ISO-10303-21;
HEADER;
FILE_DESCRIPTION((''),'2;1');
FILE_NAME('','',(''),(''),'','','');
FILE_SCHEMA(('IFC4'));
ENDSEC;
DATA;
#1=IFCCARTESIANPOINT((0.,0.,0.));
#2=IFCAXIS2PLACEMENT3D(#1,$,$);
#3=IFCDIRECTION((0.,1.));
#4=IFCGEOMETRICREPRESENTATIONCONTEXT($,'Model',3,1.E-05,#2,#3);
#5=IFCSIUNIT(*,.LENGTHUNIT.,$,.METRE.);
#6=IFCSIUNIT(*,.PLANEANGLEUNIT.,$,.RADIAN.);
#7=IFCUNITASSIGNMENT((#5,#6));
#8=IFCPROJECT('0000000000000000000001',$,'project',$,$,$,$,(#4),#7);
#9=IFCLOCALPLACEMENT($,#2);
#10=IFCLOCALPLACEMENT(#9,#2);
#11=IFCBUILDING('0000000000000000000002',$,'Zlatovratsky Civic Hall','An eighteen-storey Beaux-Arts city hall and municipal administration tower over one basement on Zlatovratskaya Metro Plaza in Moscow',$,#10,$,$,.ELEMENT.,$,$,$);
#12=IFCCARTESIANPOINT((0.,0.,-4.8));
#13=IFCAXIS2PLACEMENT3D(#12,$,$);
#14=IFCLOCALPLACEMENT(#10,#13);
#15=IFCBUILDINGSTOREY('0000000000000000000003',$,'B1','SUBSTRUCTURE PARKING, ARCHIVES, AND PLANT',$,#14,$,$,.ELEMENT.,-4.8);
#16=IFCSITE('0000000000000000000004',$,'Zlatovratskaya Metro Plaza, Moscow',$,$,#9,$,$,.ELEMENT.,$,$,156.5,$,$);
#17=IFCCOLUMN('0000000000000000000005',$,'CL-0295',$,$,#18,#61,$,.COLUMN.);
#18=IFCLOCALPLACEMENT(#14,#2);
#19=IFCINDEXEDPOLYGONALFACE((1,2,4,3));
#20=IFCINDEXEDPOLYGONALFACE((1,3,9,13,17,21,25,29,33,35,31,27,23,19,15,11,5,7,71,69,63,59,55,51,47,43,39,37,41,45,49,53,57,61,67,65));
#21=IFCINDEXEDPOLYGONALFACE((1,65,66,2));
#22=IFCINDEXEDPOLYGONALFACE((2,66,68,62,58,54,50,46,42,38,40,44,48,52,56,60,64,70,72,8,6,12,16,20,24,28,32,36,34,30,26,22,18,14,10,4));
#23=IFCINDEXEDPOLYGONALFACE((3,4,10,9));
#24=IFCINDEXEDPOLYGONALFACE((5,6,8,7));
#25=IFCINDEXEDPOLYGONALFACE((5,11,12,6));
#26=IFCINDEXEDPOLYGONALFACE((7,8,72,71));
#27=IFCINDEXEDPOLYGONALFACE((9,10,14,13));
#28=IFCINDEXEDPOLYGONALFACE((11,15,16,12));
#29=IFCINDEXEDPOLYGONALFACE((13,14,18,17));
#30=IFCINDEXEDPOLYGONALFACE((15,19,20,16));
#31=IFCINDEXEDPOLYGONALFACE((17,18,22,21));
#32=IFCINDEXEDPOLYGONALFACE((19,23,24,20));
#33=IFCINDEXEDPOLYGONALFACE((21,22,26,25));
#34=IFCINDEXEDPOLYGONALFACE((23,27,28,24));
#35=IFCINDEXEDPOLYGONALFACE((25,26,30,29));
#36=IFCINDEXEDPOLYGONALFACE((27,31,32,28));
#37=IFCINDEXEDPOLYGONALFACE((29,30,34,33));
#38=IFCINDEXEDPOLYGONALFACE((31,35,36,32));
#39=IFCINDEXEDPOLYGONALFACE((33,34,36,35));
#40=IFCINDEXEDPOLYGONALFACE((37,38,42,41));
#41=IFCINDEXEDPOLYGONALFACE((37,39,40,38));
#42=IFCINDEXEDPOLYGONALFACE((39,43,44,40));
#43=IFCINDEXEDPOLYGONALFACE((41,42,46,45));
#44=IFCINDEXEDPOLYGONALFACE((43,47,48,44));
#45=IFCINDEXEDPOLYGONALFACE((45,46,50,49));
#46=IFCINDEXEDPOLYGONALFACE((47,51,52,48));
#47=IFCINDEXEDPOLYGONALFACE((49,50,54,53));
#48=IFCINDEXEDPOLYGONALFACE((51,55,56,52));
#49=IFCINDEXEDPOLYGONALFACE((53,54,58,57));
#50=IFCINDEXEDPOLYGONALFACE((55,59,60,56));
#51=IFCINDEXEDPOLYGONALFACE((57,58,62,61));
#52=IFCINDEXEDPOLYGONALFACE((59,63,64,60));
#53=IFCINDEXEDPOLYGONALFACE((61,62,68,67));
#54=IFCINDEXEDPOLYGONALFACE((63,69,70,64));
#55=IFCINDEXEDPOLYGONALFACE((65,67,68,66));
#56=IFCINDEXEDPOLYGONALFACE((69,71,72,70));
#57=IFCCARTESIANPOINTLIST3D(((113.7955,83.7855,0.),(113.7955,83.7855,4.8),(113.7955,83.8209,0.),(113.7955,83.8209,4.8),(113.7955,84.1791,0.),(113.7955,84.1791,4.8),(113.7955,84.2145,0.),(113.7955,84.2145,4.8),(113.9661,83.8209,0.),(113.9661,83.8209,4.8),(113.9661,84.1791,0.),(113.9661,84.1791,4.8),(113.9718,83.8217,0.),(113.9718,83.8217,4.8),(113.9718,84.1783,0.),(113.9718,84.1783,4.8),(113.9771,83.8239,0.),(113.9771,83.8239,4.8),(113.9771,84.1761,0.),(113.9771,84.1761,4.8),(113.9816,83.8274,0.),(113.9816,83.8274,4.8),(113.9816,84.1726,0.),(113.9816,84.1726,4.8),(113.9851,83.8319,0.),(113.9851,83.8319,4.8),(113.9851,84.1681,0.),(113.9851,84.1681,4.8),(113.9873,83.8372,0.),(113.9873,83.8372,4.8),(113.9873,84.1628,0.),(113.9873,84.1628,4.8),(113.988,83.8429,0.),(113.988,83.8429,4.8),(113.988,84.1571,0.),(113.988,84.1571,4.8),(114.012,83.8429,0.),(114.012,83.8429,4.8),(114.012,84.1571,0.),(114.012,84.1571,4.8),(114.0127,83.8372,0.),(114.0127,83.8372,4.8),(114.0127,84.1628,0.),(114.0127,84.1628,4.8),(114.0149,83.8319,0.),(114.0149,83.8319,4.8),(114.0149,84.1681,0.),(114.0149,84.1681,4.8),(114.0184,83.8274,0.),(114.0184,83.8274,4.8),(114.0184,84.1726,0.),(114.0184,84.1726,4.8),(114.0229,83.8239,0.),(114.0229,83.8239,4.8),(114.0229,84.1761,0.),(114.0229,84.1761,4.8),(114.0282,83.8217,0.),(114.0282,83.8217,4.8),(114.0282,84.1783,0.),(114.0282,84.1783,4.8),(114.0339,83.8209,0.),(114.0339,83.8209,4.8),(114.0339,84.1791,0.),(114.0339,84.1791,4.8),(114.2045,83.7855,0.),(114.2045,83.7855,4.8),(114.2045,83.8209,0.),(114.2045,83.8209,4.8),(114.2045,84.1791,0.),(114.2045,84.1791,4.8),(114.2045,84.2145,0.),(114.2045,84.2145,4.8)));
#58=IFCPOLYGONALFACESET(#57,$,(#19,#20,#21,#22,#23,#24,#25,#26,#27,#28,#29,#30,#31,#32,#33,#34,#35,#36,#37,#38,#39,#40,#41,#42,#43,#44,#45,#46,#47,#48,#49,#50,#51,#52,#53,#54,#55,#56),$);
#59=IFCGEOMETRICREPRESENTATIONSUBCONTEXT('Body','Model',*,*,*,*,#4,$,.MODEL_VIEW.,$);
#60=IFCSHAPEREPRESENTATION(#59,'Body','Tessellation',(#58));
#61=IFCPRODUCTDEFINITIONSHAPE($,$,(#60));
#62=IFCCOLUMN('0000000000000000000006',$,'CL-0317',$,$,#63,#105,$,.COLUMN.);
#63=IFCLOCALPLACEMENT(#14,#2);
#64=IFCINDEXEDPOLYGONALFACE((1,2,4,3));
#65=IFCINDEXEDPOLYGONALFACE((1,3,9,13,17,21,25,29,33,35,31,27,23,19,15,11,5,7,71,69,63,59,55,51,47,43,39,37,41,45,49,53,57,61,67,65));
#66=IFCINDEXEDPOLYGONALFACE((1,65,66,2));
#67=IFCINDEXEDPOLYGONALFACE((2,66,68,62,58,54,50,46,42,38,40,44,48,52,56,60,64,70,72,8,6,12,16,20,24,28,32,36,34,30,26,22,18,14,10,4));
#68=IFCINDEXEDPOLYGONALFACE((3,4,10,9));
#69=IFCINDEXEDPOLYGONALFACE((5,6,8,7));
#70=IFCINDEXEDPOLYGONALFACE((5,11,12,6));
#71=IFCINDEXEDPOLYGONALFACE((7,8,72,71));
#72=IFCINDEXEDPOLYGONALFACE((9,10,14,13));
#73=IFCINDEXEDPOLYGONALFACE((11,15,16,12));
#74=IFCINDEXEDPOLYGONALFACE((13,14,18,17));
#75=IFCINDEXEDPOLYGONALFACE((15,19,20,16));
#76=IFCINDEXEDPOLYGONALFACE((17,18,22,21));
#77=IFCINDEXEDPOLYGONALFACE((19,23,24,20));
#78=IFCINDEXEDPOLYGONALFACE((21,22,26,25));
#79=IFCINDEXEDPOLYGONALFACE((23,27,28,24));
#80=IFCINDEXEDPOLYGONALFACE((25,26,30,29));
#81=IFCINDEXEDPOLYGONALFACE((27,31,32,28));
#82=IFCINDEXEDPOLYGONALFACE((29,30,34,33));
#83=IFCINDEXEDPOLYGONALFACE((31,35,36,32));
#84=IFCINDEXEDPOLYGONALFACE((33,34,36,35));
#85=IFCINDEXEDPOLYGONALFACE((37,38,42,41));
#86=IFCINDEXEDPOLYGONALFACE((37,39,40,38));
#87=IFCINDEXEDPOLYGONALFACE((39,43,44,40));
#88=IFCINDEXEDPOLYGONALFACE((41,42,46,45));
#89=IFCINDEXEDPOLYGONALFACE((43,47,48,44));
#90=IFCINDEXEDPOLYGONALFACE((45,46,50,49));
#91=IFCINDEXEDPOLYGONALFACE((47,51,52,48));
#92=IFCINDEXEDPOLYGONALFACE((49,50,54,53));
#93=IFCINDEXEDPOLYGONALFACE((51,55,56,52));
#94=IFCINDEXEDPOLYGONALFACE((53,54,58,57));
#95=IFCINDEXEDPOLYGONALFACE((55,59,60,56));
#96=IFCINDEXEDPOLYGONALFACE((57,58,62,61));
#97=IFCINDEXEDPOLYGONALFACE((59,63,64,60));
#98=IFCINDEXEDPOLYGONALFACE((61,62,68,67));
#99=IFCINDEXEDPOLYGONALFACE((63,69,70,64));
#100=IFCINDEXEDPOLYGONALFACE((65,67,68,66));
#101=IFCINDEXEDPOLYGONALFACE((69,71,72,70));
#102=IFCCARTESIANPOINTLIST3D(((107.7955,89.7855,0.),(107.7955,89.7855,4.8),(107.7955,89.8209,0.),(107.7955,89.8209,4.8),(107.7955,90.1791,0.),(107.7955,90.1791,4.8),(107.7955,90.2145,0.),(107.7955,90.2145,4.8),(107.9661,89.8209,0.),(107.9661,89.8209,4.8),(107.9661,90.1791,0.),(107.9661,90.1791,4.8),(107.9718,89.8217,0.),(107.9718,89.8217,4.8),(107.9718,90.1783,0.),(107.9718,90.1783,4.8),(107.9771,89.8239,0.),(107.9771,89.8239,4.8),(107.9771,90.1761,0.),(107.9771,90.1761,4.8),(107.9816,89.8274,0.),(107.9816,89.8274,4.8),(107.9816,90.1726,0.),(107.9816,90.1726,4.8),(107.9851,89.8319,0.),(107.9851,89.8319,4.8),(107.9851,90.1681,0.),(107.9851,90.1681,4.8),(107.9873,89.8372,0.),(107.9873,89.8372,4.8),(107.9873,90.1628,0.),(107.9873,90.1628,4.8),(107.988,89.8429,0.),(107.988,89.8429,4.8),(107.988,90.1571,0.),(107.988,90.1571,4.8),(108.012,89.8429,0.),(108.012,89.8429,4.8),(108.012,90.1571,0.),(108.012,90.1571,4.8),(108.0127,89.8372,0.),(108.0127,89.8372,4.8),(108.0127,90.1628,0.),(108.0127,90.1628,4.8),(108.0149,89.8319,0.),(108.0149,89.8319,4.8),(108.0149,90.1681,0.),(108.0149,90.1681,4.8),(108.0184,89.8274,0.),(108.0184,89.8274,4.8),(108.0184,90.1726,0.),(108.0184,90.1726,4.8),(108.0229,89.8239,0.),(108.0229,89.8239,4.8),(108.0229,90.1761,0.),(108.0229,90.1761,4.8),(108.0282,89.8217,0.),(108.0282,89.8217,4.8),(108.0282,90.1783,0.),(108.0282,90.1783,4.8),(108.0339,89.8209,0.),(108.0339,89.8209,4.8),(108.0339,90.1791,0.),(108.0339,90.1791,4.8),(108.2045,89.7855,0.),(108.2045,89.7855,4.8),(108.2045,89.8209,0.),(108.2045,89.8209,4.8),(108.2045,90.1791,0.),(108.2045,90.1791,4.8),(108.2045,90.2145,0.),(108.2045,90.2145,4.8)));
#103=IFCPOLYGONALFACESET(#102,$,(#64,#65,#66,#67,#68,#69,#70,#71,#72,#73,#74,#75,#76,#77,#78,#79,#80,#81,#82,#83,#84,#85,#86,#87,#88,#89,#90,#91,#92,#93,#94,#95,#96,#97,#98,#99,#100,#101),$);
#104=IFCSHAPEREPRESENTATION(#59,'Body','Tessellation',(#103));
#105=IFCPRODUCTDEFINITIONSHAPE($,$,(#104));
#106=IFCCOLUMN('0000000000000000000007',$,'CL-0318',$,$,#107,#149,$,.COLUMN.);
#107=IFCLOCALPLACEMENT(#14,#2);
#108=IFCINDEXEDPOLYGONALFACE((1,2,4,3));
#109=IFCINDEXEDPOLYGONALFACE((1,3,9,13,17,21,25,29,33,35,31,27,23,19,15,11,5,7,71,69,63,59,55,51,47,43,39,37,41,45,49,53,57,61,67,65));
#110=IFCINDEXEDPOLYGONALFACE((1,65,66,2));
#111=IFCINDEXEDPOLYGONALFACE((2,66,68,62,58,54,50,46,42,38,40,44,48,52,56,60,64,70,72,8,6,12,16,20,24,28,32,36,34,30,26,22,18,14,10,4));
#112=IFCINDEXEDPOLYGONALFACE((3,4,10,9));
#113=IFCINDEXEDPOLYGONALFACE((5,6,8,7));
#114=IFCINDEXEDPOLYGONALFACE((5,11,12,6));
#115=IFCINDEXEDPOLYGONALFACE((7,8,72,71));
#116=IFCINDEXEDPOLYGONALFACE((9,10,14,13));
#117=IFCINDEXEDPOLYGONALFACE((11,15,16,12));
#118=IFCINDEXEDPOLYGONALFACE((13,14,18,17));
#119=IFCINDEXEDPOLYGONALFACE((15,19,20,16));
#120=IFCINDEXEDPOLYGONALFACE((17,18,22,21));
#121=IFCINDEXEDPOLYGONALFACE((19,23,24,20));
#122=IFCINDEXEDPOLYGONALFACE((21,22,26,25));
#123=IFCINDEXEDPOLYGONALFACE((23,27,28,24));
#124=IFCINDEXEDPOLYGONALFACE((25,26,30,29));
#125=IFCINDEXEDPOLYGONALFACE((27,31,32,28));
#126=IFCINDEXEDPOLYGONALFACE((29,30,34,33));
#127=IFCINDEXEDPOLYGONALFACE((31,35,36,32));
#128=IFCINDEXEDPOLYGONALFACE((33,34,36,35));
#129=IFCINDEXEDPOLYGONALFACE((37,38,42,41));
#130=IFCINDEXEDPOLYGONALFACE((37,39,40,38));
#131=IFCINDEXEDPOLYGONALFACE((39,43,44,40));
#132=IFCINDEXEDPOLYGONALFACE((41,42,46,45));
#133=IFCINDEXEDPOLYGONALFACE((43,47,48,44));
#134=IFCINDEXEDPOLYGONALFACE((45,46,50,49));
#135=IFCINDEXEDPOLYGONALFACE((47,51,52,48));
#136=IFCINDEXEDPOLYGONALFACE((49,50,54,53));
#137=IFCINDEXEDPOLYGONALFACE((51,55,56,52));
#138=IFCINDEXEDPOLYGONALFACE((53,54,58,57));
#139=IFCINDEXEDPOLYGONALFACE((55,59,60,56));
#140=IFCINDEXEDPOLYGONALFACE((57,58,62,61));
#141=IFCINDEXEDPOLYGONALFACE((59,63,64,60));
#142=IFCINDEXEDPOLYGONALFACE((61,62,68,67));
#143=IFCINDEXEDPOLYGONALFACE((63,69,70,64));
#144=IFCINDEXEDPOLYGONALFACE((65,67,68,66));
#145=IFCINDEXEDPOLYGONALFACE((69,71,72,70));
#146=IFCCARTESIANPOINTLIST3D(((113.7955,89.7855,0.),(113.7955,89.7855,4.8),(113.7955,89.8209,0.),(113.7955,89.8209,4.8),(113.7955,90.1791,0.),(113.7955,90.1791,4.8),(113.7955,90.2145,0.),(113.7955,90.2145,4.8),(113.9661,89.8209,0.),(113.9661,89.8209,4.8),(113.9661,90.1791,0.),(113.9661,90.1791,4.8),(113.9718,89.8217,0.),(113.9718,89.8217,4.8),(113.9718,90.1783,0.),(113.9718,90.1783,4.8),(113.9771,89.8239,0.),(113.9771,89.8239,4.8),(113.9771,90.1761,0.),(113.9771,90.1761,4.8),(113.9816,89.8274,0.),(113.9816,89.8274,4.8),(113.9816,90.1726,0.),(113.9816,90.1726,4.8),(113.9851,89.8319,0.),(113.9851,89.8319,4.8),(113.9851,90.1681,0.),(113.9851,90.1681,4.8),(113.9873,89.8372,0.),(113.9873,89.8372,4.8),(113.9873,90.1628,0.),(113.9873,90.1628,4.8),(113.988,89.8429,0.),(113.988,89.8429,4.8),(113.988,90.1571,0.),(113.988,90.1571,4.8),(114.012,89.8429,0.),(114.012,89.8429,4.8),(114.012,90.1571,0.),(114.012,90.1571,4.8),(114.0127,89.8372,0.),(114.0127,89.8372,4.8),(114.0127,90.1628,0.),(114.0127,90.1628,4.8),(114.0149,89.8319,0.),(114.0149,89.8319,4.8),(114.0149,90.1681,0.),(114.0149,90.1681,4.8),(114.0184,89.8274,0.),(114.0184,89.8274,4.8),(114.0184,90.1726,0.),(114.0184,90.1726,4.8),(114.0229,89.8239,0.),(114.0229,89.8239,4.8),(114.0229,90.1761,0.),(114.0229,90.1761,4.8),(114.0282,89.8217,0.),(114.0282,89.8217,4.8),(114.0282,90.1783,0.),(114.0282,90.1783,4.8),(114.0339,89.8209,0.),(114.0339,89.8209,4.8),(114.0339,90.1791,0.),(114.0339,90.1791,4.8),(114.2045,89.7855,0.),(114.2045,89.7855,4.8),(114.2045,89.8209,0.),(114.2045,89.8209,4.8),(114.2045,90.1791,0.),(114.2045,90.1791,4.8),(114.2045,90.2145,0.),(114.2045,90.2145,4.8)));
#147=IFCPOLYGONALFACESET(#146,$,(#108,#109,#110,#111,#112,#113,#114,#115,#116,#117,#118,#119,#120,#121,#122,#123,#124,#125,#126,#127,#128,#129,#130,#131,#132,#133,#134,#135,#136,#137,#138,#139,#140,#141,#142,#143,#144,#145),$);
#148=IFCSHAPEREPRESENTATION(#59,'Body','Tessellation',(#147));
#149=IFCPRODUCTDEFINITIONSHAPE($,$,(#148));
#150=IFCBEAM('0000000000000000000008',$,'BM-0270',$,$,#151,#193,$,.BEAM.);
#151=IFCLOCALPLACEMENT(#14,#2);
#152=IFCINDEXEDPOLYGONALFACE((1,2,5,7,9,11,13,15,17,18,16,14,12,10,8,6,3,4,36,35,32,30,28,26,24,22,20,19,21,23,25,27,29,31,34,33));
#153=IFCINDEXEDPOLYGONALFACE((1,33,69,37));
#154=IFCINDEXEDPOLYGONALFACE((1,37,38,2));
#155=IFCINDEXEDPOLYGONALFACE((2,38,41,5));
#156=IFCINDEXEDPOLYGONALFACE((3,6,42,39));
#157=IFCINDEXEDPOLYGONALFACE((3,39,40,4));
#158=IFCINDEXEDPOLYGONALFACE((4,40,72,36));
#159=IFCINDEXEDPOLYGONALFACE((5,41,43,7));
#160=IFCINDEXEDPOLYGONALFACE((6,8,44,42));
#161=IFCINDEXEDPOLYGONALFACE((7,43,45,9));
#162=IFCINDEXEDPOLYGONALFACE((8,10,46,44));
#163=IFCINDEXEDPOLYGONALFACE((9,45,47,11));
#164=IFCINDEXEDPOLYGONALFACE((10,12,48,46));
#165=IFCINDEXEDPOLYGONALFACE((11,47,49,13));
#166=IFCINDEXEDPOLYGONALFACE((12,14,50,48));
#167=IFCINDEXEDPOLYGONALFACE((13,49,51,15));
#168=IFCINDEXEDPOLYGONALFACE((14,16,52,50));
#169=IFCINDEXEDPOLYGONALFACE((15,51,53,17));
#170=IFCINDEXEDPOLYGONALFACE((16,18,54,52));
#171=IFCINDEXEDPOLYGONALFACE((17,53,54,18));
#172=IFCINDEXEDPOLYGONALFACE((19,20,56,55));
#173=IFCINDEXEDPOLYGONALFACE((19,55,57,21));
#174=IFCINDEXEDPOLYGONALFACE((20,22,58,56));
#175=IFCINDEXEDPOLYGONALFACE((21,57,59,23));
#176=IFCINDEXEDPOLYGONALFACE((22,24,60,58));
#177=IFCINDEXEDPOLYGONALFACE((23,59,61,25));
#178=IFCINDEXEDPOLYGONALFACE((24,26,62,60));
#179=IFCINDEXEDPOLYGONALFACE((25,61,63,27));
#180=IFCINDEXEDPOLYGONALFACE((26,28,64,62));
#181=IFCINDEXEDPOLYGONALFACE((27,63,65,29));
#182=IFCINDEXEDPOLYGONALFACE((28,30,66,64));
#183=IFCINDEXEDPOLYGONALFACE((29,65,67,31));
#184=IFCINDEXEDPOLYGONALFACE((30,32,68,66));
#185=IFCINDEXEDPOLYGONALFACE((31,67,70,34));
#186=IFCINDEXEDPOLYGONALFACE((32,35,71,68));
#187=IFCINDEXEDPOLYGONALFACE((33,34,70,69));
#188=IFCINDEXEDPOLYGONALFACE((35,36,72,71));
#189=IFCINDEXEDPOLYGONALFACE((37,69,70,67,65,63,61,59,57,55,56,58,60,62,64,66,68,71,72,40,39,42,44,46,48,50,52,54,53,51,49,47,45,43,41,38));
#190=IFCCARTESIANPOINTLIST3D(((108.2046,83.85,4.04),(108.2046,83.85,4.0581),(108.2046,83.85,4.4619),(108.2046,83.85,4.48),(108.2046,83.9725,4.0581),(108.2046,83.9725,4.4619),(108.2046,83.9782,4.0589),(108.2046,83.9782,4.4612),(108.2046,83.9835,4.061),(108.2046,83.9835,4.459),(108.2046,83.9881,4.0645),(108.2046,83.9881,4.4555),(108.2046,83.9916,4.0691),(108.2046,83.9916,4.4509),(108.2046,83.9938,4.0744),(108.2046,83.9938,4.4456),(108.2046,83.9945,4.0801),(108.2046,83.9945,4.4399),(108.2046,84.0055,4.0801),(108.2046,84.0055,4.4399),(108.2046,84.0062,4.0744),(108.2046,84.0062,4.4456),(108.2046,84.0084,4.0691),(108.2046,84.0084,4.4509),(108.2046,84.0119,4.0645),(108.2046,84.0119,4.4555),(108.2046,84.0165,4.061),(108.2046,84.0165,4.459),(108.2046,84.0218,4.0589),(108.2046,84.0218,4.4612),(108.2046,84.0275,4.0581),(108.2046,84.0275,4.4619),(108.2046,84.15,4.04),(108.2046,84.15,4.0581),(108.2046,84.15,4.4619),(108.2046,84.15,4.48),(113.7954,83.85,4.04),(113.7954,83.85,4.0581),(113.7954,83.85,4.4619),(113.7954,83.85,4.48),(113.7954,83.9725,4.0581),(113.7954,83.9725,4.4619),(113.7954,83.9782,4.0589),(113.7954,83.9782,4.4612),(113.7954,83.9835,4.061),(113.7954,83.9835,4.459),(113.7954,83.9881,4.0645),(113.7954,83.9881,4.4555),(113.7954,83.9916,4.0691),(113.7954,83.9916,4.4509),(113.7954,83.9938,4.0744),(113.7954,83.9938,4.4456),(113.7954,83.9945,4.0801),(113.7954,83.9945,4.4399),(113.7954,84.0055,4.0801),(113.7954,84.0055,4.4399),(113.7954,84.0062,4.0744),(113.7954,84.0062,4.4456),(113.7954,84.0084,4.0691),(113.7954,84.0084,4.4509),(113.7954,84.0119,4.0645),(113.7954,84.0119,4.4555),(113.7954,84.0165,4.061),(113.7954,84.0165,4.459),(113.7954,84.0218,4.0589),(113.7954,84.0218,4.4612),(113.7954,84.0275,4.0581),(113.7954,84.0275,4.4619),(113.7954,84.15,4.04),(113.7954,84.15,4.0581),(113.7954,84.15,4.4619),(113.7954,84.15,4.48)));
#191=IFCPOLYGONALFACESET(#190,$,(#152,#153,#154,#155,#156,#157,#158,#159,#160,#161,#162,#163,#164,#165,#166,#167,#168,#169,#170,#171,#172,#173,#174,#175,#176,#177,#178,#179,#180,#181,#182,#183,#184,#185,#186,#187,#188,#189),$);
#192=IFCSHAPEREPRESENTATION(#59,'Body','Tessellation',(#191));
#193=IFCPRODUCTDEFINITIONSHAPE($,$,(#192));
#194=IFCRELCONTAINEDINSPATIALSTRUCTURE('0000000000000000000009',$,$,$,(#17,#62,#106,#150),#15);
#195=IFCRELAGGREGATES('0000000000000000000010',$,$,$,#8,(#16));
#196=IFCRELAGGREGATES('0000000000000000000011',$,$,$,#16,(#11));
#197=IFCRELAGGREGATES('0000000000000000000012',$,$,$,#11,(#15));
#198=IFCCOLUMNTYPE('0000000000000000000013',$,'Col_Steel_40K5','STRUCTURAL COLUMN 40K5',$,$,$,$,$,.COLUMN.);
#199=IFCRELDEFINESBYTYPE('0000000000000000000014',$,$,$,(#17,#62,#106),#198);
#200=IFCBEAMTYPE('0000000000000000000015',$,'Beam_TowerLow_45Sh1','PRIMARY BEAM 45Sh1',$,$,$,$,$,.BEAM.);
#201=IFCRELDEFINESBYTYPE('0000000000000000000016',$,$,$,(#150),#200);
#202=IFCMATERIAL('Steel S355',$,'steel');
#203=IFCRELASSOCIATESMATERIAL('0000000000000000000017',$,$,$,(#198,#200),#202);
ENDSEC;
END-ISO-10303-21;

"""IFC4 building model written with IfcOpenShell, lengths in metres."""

from ifc_helpers import new_model, si_unit, direction, frame, origin, origin_2d, place, context, subcontext, project, spatial, i_section, extrude, material, material_profile, profile_set, type_object, element, save


model = new_model("IFC4")

# Units and contexts
model_context = context("Model", 3, precision=1e-05, world=origin(), true_north=direction((0.0, 1.0)))
body_context = subcontext(model_context, "Body", "Model", "MODEL_VIEW")
ifc_project = project(units=[si_unit("LENGTHUNIT", "METRE"), si_unit("PLANEANGLEUNIT", "RADIAN")], contexts=[model_context])

# Site, building, storey
site_placement = place(None, origin())
site = spatial("IfcSite", under=ifc_project, at=site_placement, Name="Zlatovratskaya Metro Plaza, Moscow", CompositionType="ELEMENT", RefElevation=156.5)
building_placement = place(site_placement, origin())
building = spatial("IfcBuilding", under=site, at=building_placement, Name="Zlatovratsky Civic Hall", Description="An eighteen-storey Beaux-Arts city hall and municipal administration tower over one basement on Zlatovratskaya Metro Plaza in Moscow", CompositionType="ELEMENT")
storey_placement = place(building_placement, frame((0.0, 0.0, -4.8)))
storey = spatial("IfcBuildingStorey", under=building, at=storey_placement, Name="B1", Description="SUBSTRUCTURE PARKING, ARCHIVES, AND PLANT", CompositionType="ELEMENT", Elevation=-4.8)

# Columns
ifc_material_1 = material(Name="Steel S355", Category="steel")
ifc_material_profile_1 = material_profile(ifc_material_1, i_section(OverallWidth=0.4089, OverallDepth=0.429, WebThickness=0.0239, FlangeThickness=0.0354, FilletRadius=0.022, at=origin_2d()), Name="40K5")
ifc_profile_set_1 = profile_set([ifc_material_profile_1], Name="Steel S355")
column_type = type_object("IfcColumnType", Name="Col_Steel_40K5", Description="STRUCTURAL COLUMN 40K5", PredefinedType="COLUMN", material=ifc_profile_set_1)
for number, where, z_axis, x_axis, name in (
    (1, (114.0, 84.0, 0.0), (0.0, 0.0, 1.0), (1.0, 0.0, 0.0), "CL-0295"),
    (2, (108.0, 90.0, 0.0), (0.0, 0.0, 1.0), (1.0, 0.0, 0.0), "CL-0317"),
    (3, (114.0, 90.0, 0.0), (0.0, 0.0, 1.0), (1.0, 0.0, 0.0), "CL-0318"),
):
    element("IfcColumn", number, at=place(storey_placement, frame(where, z_axis=z_axis, x_axis=x_axis)), inside=storey, type_object=column_type, Name=name, PredefinedType="COLUMN", context=body_context, shape_type="SweptSolid", body=[
        extrude(i_section(OverallWidth=0.4089, OverallDepth=0.429, WebThickness=0.0239, FlangeThickness=0.0354, FilletRadius=0.022, at=origin_2d()), origin(), (0.0, 0.0, 1.0), 4.8),
    ])

# Beam
ifc_material_profile_2 = material_profile(ifc_material_1, i_section(OverallWidth=0.3, OverallDepth=0.4399, WebThickness=0.011, FlangeThickness=0.0181, FilletRadius=0.022, at=origin_2d()), Name="45Sh1")
ifc_profile_set_2 = profile_set([ifc_material_profile_2], Name="Steel S355")
beam_type = type_object("IfcBeamType", Name="Beam_TowerLow_45Sh1", Description="PRIMARY BEAM 45Sh1", PredefinedType="BEAM", material=ifc_profile_set_2)
beam_1_placement = place(storey_placement, frame((108.2046, 84.0, 4.26), z_axis=(1.0, 0.0, 0.0), x_axis=(0.0, 1.0, 0.0)))
element("IfcBeam", 4, at=beam_1_placement, inside=storey, type_object=beam_type, Name="BM-0270", PredefinedType="BEAM", context=body_context, shape_type="SweptSolid", body=[
    extrude(i_section(OverallWidth=0.3, OverallDepth=0.4399, WebThickness=0.011, FlangeThickness=0.0181, FilletRadius=0.022, at=origin_2d()), origin(), (0.0, 0.0, 1.0), 5.5908),
])

save(model, "model.ifc")
